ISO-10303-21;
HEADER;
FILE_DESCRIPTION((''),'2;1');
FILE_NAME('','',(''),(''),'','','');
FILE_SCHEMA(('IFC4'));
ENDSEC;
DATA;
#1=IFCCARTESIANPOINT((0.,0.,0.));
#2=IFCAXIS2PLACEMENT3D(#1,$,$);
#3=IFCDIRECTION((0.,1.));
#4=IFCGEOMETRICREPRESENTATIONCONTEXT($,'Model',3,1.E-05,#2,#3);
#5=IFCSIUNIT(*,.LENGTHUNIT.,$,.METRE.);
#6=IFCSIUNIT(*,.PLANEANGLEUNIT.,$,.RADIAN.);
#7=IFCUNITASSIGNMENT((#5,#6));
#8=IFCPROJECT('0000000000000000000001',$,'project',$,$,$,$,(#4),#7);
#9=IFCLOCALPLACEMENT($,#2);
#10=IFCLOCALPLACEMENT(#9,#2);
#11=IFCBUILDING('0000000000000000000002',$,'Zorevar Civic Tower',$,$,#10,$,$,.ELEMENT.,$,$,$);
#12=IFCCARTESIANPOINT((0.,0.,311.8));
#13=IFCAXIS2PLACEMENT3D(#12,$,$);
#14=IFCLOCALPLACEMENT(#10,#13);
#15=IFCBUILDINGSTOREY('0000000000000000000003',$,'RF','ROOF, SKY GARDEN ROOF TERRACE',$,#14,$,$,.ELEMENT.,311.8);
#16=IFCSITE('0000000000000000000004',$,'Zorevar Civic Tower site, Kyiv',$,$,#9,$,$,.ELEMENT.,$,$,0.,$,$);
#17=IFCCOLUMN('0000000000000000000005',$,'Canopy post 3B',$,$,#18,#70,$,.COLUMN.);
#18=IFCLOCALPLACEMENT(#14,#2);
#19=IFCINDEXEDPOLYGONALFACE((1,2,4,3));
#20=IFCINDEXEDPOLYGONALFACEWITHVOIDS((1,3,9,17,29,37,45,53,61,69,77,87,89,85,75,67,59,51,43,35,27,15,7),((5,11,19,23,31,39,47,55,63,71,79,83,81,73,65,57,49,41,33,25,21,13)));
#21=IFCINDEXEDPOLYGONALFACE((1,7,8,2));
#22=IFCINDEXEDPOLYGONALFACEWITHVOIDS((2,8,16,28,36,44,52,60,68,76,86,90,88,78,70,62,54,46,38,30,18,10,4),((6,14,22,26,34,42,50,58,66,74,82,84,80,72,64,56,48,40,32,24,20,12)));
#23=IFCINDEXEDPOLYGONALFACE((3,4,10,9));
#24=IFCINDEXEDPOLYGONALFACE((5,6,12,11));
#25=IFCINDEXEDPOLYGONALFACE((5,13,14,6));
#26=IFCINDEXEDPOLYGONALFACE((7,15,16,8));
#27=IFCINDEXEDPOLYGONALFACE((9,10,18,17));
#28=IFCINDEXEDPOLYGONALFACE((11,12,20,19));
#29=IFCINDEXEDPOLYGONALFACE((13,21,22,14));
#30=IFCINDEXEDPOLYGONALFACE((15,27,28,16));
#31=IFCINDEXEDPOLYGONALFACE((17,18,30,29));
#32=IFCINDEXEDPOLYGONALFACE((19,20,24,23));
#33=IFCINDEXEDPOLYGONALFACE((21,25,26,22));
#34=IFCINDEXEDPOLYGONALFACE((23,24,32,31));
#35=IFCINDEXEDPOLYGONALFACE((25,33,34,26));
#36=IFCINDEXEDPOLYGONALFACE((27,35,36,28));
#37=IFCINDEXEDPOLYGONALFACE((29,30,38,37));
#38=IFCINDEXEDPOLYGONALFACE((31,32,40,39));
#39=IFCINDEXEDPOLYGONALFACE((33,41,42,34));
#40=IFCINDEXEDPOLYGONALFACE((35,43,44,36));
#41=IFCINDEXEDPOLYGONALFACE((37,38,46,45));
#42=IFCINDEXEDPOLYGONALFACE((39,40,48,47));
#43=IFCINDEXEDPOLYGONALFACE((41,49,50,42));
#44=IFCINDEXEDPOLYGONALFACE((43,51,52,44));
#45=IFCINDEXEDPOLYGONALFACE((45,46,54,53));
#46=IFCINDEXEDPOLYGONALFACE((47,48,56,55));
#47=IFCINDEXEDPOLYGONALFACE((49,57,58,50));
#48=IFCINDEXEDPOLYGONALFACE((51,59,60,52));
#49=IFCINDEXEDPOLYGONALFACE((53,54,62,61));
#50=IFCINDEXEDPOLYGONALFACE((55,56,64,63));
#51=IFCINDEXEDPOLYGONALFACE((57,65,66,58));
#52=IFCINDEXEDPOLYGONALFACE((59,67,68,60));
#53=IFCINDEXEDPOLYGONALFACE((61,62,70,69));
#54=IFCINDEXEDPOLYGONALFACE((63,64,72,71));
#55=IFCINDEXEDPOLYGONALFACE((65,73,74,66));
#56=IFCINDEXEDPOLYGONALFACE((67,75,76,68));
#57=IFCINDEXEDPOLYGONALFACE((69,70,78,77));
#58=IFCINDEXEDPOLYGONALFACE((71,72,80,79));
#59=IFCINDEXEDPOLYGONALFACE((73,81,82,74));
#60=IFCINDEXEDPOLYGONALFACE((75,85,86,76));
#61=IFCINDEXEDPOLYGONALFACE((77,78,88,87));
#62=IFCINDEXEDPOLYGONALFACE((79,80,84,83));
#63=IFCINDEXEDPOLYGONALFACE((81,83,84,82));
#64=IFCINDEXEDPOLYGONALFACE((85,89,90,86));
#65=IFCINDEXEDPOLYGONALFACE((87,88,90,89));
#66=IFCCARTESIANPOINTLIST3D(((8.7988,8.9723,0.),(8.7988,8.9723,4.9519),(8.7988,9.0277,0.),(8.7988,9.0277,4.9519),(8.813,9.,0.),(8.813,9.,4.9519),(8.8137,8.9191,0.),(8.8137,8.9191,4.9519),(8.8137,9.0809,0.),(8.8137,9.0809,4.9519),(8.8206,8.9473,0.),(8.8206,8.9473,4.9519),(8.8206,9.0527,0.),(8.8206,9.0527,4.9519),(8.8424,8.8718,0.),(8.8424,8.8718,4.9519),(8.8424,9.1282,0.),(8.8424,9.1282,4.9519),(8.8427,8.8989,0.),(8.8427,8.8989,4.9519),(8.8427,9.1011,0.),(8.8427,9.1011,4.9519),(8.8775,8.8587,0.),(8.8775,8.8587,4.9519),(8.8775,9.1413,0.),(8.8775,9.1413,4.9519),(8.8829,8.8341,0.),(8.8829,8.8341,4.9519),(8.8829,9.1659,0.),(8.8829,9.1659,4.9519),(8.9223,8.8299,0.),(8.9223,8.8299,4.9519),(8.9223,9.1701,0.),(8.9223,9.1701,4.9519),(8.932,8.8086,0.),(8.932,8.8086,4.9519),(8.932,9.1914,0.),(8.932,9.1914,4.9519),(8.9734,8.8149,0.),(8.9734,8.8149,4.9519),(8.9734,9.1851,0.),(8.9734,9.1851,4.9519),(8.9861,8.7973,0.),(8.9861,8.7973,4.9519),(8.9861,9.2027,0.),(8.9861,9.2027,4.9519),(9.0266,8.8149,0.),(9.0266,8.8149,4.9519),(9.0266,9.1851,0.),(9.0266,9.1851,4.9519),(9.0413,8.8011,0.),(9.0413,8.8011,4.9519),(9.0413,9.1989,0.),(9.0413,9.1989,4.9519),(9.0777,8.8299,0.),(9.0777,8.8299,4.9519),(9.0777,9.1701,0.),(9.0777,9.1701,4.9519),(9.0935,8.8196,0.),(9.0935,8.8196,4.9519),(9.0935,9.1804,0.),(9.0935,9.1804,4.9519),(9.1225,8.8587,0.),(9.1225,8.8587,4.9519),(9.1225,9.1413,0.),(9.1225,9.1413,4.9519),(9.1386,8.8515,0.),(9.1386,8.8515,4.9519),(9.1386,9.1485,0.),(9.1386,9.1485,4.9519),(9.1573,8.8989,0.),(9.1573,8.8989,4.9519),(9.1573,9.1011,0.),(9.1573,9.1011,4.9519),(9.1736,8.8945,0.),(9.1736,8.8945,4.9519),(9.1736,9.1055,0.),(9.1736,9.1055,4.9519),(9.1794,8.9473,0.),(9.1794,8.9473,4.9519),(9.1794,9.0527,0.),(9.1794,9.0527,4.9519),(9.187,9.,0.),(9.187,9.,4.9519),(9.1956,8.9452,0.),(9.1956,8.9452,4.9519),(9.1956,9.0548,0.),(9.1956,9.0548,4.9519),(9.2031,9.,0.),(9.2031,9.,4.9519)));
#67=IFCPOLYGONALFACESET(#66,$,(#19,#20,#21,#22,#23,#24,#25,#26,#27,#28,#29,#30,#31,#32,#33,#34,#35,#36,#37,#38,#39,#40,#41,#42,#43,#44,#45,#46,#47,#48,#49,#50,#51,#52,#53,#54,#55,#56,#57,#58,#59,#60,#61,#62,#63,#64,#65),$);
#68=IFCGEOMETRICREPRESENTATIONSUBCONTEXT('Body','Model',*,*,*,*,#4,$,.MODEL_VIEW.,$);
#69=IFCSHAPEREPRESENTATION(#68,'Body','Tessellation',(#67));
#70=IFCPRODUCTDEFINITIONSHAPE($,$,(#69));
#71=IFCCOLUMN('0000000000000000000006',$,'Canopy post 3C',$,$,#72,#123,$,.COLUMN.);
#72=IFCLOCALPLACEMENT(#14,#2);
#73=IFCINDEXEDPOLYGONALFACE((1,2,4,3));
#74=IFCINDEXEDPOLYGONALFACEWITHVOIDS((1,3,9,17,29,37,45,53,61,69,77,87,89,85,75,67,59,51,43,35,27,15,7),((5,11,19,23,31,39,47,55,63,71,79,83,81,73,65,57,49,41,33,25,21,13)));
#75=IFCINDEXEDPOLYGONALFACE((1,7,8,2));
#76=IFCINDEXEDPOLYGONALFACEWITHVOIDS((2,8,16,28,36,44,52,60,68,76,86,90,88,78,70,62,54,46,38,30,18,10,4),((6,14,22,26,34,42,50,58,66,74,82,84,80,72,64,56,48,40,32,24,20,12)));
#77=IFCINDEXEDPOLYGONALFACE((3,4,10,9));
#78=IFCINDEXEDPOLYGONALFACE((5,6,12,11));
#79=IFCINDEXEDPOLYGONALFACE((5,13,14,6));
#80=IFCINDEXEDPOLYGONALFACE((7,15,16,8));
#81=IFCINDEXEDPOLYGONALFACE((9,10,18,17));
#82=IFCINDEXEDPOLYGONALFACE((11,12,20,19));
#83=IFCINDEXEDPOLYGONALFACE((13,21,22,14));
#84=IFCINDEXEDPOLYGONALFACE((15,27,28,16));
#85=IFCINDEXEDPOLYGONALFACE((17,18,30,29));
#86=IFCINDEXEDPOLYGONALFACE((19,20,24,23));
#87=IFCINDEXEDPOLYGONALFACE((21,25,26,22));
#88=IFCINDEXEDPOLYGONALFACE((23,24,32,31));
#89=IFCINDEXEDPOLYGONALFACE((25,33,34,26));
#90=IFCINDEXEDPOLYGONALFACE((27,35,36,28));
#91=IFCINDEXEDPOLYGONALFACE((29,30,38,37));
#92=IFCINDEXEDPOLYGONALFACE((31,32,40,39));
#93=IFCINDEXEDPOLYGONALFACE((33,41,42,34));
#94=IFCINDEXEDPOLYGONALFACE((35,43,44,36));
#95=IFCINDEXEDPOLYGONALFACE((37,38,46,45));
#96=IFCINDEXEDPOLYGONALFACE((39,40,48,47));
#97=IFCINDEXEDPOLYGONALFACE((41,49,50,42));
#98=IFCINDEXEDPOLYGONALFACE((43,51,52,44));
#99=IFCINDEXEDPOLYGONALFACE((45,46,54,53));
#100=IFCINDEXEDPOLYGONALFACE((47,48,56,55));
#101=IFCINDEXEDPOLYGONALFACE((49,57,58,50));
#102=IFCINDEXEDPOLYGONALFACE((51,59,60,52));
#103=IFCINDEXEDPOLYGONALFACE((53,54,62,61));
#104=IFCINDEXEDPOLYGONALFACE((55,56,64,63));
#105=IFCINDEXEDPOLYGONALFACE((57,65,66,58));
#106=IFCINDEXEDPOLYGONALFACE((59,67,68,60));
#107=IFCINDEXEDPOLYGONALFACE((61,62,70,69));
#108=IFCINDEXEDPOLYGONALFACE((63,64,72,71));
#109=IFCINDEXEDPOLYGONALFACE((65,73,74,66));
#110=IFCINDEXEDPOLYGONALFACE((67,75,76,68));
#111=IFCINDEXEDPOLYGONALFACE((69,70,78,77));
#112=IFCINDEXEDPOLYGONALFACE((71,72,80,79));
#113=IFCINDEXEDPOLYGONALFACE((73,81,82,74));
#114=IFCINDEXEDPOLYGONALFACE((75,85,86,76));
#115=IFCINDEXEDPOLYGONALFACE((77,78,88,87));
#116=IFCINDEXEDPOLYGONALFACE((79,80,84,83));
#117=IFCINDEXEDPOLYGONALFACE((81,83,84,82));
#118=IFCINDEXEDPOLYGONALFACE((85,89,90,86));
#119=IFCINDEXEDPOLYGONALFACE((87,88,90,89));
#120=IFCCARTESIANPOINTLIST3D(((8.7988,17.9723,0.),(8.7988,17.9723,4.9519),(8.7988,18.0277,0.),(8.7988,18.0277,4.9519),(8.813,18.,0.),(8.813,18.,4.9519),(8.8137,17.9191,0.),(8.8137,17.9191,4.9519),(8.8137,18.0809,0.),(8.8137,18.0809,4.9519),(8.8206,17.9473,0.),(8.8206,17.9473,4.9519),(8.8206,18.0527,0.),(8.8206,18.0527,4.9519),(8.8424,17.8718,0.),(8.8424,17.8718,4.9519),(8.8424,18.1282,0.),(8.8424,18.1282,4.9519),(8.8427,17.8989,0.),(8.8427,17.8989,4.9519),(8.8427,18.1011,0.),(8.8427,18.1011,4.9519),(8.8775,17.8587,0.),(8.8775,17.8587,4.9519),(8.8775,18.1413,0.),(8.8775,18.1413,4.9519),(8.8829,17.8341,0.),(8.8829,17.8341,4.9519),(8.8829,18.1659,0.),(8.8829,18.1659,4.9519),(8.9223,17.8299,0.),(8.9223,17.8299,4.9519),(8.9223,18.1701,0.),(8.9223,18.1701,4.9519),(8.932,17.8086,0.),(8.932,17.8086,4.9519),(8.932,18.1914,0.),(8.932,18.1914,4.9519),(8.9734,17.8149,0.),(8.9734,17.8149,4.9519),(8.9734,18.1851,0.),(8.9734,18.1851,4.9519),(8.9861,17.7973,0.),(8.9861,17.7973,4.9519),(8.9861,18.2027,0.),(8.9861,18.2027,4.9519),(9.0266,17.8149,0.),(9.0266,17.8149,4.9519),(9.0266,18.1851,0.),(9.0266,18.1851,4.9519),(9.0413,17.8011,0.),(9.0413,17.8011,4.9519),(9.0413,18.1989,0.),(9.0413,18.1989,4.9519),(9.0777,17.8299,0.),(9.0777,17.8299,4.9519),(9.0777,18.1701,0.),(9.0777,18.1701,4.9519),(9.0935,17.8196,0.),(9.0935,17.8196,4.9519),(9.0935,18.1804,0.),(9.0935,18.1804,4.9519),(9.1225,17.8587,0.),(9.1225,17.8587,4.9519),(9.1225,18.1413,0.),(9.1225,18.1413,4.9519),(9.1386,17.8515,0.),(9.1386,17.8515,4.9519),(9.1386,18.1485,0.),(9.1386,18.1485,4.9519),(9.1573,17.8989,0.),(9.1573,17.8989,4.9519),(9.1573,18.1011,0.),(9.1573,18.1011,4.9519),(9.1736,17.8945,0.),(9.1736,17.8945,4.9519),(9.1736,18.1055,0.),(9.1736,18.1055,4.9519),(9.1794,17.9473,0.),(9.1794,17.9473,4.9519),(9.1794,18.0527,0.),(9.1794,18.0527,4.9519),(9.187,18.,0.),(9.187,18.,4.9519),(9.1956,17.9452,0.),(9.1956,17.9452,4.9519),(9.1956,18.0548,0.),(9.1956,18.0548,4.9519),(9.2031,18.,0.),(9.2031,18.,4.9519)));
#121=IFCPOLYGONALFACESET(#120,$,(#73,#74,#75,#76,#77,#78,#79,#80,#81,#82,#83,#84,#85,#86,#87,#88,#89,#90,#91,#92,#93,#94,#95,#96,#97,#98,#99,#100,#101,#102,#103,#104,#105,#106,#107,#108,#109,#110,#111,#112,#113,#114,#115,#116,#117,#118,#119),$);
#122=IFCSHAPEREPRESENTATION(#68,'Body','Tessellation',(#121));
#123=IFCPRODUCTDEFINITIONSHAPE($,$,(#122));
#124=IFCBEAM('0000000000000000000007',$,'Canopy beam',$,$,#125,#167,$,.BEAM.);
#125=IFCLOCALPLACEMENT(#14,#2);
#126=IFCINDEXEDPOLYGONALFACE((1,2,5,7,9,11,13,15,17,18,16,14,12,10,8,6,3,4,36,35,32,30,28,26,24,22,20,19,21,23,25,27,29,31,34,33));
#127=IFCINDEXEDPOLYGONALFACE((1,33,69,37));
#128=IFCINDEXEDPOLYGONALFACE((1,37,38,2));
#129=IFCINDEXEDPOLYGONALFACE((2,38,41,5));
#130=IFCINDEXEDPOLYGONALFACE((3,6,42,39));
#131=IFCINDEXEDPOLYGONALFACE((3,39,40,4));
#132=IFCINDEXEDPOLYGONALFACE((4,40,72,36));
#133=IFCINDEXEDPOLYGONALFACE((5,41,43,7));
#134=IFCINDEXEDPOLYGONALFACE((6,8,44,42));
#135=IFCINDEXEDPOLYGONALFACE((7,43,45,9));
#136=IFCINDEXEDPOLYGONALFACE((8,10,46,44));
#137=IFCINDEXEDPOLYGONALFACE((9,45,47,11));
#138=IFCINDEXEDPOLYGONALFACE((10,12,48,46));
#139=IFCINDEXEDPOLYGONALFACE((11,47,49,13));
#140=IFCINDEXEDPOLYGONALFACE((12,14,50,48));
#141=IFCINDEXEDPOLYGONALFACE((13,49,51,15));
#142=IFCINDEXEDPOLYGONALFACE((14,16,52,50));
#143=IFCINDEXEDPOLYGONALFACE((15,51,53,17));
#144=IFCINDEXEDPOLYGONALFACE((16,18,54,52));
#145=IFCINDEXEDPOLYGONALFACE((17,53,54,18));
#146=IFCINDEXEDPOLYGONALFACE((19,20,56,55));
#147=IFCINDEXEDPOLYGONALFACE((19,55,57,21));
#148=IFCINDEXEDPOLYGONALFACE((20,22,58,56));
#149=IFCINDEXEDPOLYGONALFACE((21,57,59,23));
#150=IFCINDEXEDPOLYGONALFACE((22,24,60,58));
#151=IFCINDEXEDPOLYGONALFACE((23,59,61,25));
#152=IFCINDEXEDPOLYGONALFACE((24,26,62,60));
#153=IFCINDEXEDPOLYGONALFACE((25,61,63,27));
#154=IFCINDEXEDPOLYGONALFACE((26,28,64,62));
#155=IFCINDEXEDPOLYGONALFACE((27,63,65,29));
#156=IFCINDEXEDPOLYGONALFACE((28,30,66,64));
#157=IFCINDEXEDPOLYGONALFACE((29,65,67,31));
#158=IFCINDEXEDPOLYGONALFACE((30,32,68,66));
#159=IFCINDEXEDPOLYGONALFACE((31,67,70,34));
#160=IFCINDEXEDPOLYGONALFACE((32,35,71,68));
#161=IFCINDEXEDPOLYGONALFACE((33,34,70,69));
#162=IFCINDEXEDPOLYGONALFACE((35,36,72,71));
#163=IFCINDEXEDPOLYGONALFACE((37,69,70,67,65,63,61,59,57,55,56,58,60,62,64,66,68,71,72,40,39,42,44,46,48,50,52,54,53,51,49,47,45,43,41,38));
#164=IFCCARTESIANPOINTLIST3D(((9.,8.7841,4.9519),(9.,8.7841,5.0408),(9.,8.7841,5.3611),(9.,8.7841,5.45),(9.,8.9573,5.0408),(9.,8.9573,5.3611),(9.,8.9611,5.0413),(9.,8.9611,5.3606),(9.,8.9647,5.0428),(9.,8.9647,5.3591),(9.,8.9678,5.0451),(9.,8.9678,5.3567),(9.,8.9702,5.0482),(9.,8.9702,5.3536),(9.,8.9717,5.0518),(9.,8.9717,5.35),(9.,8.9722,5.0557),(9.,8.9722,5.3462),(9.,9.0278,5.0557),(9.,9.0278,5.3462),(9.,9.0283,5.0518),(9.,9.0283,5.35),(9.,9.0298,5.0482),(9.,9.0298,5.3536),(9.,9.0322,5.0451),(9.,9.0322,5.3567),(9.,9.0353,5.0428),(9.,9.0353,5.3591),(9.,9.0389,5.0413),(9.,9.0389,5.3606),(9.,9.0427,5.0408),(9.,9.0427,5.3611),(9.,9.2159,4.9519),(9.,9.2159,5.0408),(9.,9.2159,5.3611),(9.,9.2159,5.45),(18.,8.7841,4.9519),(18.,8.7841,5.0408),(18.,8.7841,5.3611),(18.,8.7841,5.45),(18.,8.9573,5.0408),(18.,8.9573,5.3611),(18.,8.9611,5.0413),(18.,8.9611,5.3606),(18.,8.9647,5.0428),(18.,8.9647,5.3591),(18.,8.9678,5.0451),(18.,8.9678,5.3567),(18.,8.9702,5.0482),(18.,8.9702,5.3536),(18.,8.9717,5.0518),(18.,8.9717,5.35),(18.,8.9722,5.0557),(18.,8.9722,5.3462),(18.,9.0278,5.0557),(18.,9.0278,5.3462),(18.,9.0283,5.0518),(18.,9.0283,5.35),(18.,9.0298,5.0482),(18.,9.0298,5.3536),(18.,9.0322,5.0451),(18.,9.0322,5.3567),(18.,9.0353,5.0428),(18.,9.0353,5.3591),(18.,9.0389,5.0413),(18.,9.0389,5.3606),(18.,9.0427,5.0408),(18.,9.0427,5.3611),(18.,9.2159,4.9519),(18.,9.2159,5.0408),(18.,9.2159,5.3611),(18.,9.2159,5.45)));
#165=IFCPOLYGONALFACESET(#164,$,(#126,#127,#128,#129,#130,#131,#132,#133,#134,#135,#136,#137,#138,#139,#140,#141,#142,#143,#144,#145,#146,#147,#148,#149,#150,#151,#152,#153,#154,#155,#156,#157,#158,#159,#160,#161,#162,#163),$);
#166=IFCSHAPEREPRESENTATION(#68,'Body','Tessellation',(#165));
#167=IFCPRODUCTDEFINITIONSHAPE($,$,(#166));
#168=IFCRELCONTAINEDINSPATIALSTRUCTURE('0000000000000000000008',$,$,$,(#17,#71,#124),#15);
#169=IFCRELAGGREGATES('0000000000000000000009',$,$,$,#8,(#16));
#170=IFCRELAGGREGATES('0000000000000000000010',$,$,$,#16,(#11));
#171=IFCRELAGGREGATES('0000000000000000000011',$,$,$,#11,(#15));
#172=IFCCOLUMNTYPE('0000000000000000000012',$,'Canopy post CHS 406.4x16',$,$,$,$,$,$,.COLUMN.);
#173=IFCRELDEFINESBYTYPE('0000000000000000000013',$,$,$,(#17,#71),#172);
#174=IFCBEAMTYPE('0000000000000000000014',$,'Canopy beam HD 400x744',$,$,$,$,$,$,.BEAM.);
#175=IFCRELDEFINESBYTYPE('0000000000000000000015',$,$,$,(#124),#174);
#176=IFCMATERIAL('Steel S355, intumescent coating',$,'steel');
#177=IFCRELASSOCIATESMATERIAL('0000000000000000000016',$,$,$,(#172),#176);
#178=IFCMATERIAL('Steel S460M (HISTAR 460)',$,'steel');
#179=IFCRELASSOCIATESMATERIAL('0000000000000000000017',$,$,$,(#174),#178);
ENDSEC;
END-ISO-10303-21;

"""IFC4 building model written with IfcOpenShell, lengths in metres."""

from ifc_helpers import new_model, si_unit, direction, frame, origin, origin_2d, place, context, subcontext, project, spatial, hollow_circle, i_section, extrude, material, material_profile, profile_set, type_object, element, save


model = new_model("IFC4")

# Units and contexts
model_context = context("Model", 3, precision=1e-05, world=origin(), true_north=direction((0.0, 1.0)))
body_context = subcontext(model_context, "Body", "Model", "MODEL_VIEW")
ifc_project = project(units=[si_unit("LENGTHUNIT", "METRE"), si_unit("PLANEANGLEUNIT", "RADIAN")], contexts=[model_context])

# Site, building, storey
site_placement = place(None, origin())
site = spatial("IfcSite", under=ifc_project, at=site_placement, Name="Zorevar Civic Tower site, Kyiv", CompositionType="ELEMENT", RefElevation=0.0)
building_placement = place(site_placement, origin())
building = spatial("IfcBuilding", under=site, at=building_placement, Name="Zorevar Civic Tower", CompositionType="ELEMENT")
storey_placement = place(building_placement, frame((0.0, 0.0, 311.8)))
storey = spatial("IfcBuildingStorey", under=building, at=storey_placement, Name="RF", Description="ROOF, SKY GARDEN ROOF TERRACE", CompositionType="ELEMENT", Elevation=311.8)

# Columns
ifc_material_1 = material(Name="Steel S355, intumescent coating", Category="steel")
ifc_material_profile_1 = material_profile(ifc_material_1, hollow_circle(Radius=0.2031, WallThickness=0.0161, at=origin_2d()), Name="CHS 406.4x16")
ifc_profile_set_1 = profile_set([ifc_material_profile_1], Name="Steel S355, intumescent coating")
column_type = type_object("IfcColumnType", Name="Canopy post CHS 406.4x16", PredefinedType="COLUMN", material=ifc_profile_set_1)
for number, where, z_axis, x_axis, name in (
    (1, (9.0, 9.0, 0.0), (0.0, 0.0, 1.0), (1.0, 0.0, 0.0), "Canopy post 3B"),
    (2, (9.0, 18.0, 0.0), (0.0, 0.0, 1.0), (1.0, 0.0, 0.0), "Canopy post 3C"),
):
    element("IfcColumn", number, at=place(storey_placement, frame(where, z_axis=z_axis, x_axis=x_axis)), inside=storey, type_object=column_type, Name=name, PredefinedType="COLUMN", context=body_context, shape_type="SweptSolid", body=[
        extrude(hollow_circle(Radius=0.2031, WallThickness=0.0161, at=origin_2d()), origin(), (0.0, 0.0, 1.0), 4.9519),
    ])

# Beam
ifc_material_2 = material(Name="Steel S460M (HISTAR 460)", Category="steel")
ifc_material_profile_2 = material_profile(ifc_material_2, i_section(OverallWidth=0.4319, OverallDepth=0.498, WebThickness=0.0557, FlangeThickness=0.0889, FilletRadius=0.0149, at=origin_2d()), Name="HD 400x744")
ifc_profile_set_2 = profile_set([ifc_material_profile_2], Name="Steel S460M (HISTAR 460)")
beam_type_1 = type_object("IfcBeamType", Name="Canopy beam HD 400x744", PredefinedType="BEAM", material=ifc_profile_set_2)
beam_1_placement = place(storey_placement, frame((9.0, 9.0, 5.2009), z_axis=(1.0, 0.0, 0.0), x_axis=(0.0, 1.0, 0.0)))
element("IfcBeam", 3, at=beam_1_placement, inside=storey, type_object=beam_type_1, Name="Canopy beam", PredefinedType="BEAM", context=body_context, shape_type="SweptSolid", body=[
    extrude(i_section(OverallWidth=0.4319, OverallDepth=0.498, WebThickness=0.0557, FlangeThickness=0.0889, FilletRadius=0.0149, at=origin_2d()), origin(), (0.0, 0.0, 1.0), 9.0),
])

save(model, "model.ifc")
